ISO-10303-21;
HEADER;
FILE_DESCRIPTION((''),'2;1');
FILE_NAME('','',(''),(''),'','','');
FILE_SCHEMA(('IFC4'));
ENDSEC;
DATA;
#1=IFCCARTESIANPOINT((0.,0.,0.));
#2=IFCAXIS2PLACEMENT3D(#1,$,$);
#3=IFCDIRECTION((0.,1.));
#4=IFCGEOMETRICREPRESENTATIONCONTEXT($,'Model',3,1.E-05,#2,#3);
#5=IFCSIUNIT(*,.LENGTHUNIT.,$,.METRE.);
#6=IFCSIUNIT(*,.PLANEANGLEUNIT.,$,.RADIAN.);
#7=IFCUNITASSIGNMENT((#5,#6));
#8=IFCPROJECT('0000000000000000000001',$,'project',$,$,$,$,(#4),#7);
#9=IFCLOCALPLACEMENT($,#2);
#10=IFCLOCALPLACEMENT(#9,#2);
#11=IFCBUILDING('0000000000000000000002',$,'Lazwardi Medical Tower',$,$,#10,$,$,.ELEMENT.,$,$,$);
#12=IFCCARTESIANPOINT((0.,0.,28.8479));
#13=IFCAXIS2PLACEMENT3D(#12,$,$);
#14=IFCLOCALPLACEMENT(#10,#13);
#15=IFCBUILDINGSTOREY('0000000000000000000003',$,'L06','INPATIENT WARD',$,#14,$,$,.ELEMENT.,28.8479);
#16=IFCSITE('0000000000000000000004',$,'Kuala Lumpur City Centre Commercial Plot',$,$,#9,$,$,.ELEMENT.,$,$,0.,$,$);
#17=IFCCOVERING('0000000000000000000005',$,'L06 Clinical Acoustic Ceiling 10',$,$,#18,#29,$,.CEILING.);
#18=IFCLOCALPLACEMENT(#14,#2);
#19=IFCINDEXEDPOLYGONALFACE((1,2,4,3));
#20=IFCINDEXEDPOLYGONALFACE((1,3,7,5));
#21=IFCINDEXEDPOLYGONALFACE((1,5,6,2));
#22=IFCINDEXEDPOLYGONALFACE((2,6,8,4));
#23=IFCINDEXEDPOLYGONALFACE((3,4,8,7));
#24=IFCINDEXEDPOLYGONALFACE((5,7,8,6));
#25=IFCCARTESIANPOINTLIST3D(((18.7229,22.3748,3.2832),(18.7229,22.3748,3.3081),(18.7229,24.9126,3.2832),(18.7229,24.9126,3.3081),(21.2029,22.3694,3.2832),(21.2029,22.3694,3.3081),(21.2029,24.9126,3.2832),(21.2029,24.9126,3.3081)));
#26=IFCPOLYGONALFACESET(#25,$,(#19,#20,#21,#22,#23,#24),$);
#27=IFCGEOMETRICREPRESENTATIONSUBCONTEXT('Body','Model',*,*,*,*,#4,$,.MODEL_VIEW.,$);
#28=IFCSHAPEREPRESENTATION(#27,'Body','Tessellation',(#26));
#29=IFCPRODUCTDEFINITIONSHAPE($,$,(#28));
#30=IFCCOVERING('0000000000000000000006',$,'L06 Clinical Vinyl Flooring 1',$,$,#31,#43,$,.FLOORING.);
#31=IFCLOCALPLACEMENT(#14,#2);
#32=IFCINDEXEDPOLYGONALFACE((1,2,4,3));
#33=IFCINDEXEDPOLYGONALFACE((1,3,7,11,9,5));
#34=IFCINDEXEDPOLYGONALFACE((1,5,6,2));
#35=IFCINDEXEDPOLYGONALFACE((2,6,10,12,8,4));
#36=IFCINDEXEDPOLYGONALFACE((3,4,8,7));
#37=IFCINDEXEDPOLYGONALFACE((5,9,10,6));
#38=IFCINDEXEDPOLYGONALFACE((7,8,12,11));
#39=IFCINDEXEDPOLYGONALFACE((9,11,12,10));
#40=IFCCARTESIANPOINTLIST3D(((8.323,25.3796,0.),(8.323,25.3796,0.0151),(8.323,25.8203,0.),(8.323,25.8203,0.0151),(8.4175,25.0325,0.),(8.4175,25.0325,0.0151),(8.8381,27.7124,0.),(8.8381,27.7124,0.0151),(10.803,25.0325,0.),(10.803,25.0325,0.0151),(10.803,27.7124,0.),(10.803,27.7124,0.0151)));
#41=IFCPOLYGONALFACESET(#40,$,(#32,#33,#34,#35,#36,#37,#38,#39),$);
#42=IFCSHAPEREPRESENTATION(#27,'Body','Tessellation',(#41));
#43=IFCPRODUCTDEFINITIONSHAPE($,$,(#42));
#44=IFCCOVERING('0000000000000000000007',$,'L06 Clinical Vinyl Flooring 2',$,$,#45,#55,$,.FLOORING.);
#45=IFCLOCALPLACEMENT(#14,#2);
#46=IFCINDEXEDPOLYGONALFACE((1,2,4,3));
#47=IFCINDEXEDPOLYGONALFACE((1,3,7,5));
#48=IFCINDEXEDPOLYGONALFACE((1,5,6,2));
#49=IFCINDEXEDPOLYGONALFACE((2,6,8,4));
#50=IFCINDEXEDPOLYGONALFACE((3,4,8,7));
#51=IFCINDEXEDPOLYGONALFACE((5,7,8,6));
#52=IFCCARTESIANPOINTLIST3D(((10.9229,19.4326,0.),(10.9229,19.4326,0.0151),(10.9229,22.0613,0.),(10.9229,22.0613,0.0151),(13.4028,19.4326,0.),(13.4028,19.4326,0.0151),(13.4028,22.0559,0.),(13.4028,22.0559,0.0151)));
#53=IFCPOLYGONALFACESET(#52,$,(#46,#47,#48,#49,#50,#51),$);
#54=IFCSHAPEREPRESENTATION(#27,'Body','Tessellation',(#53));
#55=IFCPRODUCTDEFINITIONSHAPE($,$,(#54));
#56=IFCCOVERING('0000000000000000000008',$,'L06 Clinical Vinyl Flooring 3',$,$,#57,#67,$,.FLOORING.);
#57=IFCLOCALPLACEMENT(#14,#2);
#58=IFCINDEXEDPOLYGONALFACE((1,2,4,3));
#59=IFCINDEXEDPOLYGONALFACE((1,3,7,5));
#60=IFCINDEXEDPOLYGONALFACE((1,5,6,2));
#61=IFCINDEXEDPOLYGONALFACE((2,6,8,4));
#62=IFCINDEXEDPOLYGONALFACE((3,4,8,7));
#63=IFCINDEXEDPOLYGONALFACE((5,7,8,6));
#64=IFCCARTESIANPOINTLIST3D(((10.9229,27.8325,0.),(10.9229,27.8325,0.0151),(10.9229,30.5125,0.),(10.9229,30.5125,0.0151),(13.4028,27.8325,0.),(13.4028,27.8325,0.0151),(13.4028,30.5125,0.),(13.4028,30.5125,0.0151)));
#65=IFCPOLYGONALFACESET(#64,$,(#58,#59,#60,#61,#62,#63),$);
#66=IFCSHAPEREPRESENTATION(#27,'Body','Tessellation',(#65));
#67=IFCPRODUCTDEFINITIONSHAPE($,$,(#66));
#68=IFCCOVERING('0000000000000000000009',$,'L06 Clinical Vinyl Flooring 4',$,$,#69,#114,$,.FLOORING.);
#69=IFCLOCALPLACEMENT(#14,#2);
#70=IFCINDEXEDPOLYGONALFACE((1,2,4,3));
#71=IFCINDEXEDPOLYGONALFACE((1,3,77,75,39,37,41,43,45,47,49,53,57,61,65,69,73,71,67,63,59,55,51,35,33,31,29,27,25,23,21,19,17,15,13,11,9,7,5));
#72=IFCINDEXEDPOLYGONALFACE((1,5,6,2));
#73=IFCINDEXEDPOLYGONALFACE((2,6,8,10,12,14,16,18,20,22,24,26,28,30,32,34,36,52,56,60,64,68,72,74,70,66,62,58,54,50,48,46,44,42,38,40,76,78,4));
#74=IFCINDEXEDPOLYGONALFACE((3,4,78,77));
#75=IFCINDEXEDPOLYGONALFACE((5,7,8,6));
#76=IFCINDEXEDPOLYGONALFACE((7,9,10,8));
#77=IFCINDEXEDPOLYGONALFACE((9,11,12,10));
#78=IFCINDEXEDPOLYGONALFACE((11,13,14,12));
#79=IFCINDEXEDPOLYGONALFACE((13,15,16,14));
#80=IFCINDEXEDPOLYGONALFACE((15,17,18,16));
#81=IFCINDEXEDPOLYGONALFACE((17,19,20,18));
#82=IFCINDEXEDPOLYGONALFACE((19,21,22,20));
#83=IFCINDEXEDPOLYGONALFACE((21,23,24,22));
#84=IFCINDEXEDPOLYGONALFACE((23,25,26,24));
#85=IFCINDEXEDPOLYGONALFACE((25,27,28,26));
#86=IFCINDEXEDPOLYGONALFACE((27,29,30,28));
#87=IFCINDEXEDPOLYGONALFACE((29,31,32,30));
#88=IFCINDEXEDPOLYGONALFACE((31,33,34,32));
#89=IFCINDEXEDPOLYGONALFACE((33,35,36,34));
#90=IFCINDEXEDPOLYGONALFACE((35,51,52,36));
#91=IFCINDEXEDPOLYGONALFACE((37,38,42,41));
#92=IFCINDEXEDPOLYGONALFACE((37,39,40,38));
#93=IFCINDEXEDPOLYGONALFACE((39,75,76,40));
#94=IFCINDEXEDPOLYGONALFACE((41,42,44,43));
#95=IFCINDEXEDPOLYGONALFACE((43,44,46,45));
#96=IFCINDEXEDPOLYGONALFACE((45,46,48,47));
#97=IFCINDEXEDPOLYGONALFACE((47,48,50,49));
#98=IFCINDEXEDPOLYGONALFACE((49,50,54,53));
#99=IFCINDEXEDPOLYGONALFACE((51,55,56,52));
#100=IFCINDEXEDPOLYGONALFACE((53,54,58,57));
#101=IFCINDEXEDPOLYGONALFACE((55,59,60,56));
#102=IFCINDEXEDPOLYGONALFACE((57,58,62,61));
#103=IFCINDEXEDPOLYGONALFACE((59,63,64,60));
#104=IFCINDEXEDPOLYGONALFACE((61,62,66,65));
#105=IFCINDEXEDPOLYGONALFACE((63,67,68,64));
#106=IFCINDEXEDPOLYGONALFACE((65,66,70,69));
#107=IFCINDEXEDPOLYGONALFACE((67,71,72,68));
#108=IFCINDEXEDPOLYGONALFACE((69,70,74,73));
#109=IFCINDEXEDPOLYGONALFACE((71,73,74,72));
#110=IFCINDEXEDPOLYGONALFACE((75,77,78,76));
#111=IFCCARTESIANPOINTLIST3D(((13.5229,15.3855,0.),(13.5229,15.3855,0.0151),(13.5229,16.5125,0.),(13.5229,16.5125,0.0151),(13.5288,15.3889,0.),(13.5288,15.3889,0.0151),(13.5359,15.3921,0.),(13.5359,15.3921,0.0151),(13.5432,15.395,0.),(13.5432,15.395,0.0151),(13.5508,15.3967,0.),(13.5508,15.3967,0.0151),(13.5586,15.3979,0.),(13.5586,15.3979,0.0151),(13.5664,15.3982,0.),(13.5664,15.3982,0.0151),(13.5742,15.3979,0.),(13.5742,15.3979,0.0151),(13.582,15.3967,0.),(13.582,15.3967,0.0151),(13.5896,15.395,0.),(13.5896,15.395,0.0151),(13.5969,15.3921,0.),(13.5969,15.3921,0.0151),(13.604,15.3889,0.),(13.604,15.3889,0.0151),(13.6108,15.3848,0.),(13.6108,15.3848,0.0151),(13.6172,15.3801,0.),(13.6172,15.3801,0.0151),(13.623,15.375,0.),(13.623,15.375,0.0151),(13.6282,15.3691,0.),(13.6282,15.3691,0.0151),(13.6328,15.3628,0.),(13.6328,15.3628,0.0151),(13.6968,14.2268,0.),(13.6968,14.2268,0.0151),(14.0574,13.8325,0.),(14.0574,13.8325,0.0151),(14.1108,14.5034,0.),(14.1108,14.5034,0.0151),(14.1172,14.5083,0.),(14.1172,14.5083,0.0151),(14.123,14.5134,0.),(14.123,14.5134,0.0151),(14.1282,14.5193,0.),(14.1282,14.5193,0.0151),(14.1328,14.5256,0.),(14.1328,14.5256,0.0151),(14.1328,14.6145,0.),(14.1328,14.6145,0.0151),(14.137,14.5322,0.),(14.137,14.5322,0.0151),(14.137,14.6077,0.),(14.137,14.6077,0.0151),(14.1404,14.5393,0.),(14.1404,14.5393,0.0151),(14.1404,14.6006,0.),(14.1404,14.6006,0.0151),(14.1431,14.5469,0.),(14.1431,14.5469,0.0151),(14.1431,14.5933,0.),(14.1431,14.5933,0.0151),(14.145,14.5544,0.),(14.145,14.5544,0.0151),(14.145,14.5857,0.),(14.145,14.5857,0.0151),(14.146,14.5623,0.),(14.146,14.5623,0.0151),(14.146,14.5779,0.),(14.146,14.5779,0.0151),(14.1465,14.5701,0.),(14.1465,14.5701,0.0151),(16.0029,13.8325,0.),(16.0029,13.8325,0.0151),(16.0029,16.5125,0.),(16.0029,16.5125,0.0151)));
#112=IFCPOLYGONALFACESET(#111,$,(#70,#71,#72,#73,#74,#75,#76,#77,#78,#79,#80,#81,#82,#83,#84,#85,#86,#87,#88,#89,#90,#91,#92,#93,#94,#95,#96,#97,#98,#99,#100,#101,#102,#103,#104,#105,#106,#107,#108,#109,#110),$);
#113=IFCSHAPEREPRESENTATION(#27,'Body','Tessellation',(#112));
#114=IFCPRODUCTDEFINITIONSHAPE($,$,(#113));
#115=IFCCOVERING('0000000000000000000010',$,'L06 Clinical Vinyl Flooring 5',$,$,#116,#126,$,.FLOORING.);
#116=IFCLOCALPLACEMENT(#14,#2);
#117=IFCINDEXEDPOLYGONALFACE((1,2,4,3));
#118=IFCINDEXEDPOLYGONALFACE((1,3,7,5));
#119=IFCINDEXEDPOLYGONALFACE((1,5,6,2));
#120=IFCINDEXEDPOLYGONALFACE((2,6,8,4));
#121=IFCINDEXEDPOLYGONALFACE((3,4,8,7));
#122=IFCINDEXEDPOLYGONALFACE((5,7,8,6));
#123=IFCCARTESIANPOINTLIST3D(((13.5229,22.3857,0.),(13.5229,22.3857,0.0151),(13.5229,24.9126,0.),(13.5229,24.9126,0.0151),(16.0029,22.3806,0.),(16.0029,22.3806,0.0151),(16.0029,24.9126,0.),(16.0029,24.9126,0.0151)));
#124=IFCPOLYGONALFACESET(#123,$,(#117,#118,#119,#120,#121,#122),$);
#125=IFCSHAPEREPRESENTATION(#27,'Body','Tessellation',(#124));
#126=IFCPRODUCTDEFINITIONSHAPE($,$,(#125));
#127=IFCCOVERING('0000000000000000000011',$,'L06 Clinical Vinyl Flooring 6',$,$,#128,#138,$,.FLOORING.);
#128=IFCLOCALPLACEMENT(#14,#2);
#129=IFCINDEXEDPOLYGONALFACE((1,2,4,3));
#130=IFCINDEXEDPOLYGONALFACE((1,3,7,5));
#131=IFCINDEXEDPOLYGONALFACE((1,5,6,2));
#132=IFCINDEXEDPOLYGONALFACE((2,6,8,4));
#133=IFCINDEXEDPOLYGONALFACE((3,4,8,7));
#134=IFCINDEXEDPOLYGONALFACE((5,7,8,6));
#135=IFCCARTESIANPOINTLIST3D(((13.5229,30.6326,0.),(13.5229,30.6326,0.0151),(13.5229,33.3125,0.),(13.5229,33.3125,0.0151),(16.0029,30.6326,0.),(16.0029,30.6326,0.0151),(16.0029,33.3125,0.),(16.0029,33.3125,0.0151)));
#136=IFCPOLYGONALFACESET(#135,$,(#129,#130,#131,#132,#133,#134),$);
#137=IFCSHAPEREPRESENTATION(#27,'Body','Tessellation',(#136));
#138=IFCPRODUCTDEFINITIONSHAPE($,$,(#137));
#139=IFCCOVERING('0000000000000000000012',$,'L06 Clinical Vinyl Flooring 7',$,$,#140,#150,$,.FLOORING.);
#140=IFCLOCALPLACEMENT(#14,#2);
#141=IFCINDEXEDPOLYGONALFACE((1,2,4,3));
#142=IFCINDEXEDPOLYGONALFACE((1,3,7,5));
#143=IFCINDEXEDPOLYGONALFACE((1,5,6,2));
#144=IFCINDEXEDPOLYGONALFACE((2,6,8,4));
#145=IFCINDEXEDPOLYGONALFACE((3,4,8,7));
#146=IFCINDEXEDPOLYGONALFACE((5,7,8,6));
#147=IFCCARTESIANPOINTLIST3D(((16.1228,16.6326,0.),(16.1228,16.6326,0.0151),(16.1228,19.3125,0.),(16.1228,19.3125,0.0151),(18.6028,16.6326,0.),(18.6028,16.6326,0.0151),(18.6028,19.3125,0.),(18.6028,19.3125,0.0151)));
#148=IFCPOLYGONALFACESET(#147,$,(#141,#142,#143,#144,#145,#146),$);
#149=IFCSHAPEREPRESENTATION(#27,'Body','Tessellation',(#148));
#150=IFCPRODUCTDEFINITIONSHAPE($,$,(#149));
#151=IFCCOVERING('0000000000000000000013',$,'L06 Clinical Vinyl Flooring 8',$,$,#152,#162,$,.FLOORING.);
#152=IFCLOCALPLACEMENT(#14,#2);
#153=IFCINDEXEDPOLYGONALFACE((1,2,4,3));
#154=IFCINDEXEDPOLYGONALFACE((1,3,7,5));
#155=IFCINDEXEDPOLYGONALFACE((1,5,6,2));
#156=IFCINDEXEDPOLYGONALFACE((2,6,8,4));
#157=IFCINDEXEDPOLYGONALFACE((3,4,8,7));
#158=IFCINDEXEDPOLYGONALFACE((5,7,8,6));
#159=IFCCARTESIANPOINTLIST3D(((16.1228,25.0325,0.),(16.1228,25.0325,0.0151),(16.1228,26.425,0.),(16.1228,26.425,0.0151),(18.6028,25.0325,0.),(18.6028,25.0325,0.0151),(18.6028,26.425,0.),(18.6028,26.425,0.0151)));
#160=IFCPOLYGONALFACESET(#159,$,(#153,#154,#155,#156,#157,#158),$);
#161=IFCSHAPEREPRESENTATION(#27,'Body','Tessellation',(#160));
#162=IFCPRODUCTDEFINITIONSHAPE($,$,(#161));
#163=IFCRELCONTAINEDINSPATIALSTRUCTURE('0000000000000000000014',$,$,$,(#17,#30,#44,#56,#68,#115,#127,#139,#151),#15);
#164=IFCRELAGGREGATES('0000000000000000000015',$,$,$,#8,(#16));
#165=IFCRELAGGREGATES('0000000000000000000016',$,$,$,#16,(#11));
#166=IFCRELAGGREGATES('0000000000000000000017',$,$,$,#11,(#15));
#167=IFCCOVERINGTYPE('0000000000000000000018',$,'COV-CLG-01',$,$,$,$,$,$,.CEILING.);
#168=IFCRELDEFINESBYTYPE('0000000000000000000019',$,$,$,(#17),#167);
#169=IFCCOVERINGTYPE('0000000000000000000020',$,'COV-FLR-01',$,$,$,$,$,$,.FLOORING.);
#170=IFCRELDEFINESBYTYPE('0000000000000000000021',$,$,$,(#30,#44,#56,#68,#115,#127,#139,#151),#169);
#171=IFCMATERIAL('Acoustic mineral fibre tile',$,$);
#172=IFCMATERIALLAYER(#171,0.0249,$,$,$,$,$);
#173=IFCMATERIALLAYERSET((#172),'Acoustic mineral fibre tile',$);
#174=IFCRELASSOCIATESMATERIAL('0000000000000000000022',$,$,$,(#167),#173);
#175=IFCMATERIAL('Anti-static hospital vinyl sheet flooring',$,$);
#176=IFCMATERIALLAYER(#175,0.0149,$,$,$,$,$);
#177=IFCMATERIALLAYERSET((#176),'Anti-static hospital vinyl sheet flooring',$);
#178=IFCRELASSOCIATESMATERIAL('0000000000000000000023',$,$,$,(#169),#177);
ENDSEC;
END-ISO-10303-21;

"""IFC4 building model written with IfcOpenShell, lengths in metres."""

from ifc_helpers import new_model, si_unit, direction, frame, origin, place, context, subcontext, project, spatial, polyline, outline, extrude, material, layer, layer_set, type_object, element, save


model = new_model("IFC4")

# Units and contexts
model_context = context("Model", 3, precision=1e-05, world=origin(), true_north=direction((0.0, 1.0)))
body_context = subcontext(model_context, "Body", "Model", "MODEL_VIEW")
ifc_project = project(units=[si_unit("LENGTHUNIT", "METRE"), si_unit("PLANEANGLEUNIT", "RADIAN")], contexts=[model_context])

# Site, building, storey
site_placement = place(None, origin())
site = spatial("IfcSite", under=ifc_project, at=site_placement, Name="Kuala Lumpur City Centre Commercial Plot", CompositionType="ELEMENT", RefElevation=0.0)
building_placement = place(site_placement, origin())
building = spatial("IfcBuilding", under=site, at=building_placement, Name="Lazwardi Medical Tower", CompositionType="ELEMENT")
storey_placement = place(building_placement, frame((0.0, 0.0, 28.8479)))
storey = spatial("IfcBuildingStorey", under=building, at=storey_placement, Name="L06", Description="INPATIENT WARD", CompositionType="ELEMENT", Elevation=28.8479)

# Coverings
ifc_material_1 = material(Name="Acoustic mineral fibre tile")
ifc_layer_1 = layer(ifc_material_1, 0.0249)
ifc_layer_set_1 = layer_set([ifc_layer_1], Name="Acoustic mineral fibre tile")
covering_type_1 = type_object("IfcCoveringType", Name="COV-CLG-01", PredefinedType="CEILING", material=ifc_layer_set_1)
covering_1_placement = place(storey_placement, frame((0.0, 0.0, 3.2832)))
element("IfcCovering", 1, at=covering_1_placement, inside=storey, type_object=covering_type_1, Name="L06 Clinical Acoustic Ceiling 10", PredefinedType="CEILING", context=body_context, shape_type="SweptSolid", body=[
    extrude(outline(polyline([(18.7229, 22.3748), (21.2029, 22.3694), (21.2029, 24.9126), (18.7229, 24.9126), (18.7229, 22.3748)])), origin(), (0.0, 0.0, 1.0), 0.0249),
])
ifc_material_2 = material(Name="Anti-static hospital vinyl sheet flooring")
ifc_layer_2 = layer(ifc_material_2, 0.0149)
ifc_layer_set_2 = layer_set([ifc_layer_2], Name="Anti-static hospital vinyl sheet flooring")
covering_type_2 = type_object("IfcCoveringType", Name="COV-FLR-01", PredefinedType="FLOORING", material=ifc_layer_set_2)
covering_2_placement = place(storey_placement, origin())
element("IfcCovering", 2, at=covering_2_placement, inside=storey, type_object=covering_type_2, Name="L06 Clinical Vinyl Flooring 1", PredefinedType="FLOORING", context=body_context, shape_type="SweptSolid", body=[
    extrude(outline(polyline([(8.8381, 27.7124), (8.323, 25.8203), (8.323, 25.3796), (8.4175, 25.0325), (10.803, 25.0325), (10.803, 27.7124), (8.8381, 27.7124)])), origin(), (0.0, 0.0, 1.0), 0.0151),
])
covering_3_placement = place(storey_placement, origin())
element("IfcCovering", 3, at=covering_3_placement, inside=storey, type_object=covering_type_2, Name="L06 Clinical Vinyl Flooring 2", PredefinedType="FLOORING", context=body_context, shape_type="SweptSolid", body=[
    extrude(outline(polyline([(13.4028, 22.0559), (10.9229, 22.0613), (10.9229, 19.4326), (13.4028, 19.4326), (13.4028, 22.0559)])), origin(), (0.0, 0.0, 1.0), 0.0151),
])
covering_4_placement = place(storey_placement, origin())
element("IfcCovering", 4, at=covering_4_placement, inside=storey, type_object=covering_type_2, Name="L06 Clinical Vinyl Flooring 3", PredefinedType="FLOORING", context=body_context, shape_type="SweptSolid", body=[
    extrude(outline(polyline([(13.4028, 27.8325), (13.4028, 30.5125), (10.9229, 30.5125), (10.9229, 27.8325), (13.4028, 27.8325)])), origin(), (0.0, 0.0, 1.0), 0.0151),
])
covering_5_placement = place(storey_placement, origin())
element("IfcCovering", 5, at=covering_5_placement, inside=storey, type_object=covering_type_2, Name="L06 Clinical Vinyl Flooring 4", PredefinedType="FLOORING", context=body_context, shape_type="SweptSolid", body=[
    extrude(outline(polyline([(13.5229, 15.3855), (13.5288, 15.3889), (13.5359, 15.3921), (13.5432, 15.395), (13.5508, 15.3967), (13.5586, 15.3979), (13.5664, 15.3982), (13.5742, 15.3979), (13.582, 15.3967), (13.5896, 15.395), (13.5969, 15.3921), (13.604, 15.3889), (13.6108, 15.3848), (13.6172, 15.3801), (13.623, 15.375), (13.6282, 15.3691), (13.6328, 15.3628), (14.1328, 14.6145), (14.137, 14.6077), (14.1404, 14.6006), (14.1431, 14.5933), (14.145, 14.5857), (14.146, 14.5779), (14.1465, 14.5701), (14.146, 14.5623), (14.145, 14.5544), (14.1431, 14.5469), (14.1404, 14.5393), (14.137, 14.5322), (14.1328, 14.5256), (14.1282, 14.5193), (14.123, 14.5134), (14.1172, 14.5083), (14.1108, 14.5034), (13.6968, 14.2268), (14.0574, 13.8325), (16.0029, 13.8325), (16.0029, 16.5125), (13.5229, 16.5125), (13.5229, 15.3855)])), origin(), (0.0, 0.0, 1.0), 0.0151),
])
covering_6_placement = place(storey_placement, origin())
element("IfcCovering", 6, at=covering_6_placement, inside=storey, type_object=covering_type_2, Name="L06 Clinical Vinyl Flooring 5", PredefinedType="FLOORING", context=body_context, shape_type="SweptSolid", body=[
    extrude(outline(polyline([(13.5229, 22.3857), (16.0029, 22.3806), (16.0029, 24.9126), (13.5229, 24.9126), (13.5229, 22.3857)])), origin(), (0.0, 0.0, 1.0), 0.0151),
])
covering_7_placement = place(storey_placement, origin())
element("IfcCovering", 7, at=covering_7_placement, inside=storey, type_object=covering_type_2, Name="L06 Clinical Vinyl Flooring 6", PredefinedType="FLOORING", context=body_context, shape_type="SweptSolid", body=[
    extrude(outline(polyline([(16.0029, 30.6326), (16.0029, 33.3125), (13.5229, 33.3125), (13.5229, 30.6326), (16.0029, 30.6326)])), origin(), (0.0, 0.0, 1.0), 0.0151),
])
covering_8_placement = place(storey_placement, origin())
element("IfcCovering", 8, at=covering_8_placement, inside=storey, type_object=covering_type_2, Name="L06 Clinical Vinyl Flooring 7", PredefinedType="FLOORING", context=body_context, shape_type="SweptSolid", body=[
    extrude(outline(polyline([(18.6028, 16.6326), (18.6028, 19.3125), (16.1228, 19.3125), (16.1228, 16.6326), (18.6028, 16.6326)])), origin(), (0.0, 0.0, 1.0), 0.0151),
])
covering_9_placement = place(storey_placement, origin())
element("IfcCovering", 9, at=covering_9_placement, inside=storey, type_object=covering_type_2, Name="L06 Clinical Vinyl Flooring 8", PredefinedType="FLOORING", context=body_context, shape_type="SweptSolid", body=[
    extrude(outline(polyline([(18.6028, 26.425), (16.1228, 26.425), (16.1228, 25.0325), (18.6028, 25.0325), (18.6028, 26.425)])), origin(), (0.0, 0.0, 1.0), 0.0151),
])

save(model, "model.ifc")
